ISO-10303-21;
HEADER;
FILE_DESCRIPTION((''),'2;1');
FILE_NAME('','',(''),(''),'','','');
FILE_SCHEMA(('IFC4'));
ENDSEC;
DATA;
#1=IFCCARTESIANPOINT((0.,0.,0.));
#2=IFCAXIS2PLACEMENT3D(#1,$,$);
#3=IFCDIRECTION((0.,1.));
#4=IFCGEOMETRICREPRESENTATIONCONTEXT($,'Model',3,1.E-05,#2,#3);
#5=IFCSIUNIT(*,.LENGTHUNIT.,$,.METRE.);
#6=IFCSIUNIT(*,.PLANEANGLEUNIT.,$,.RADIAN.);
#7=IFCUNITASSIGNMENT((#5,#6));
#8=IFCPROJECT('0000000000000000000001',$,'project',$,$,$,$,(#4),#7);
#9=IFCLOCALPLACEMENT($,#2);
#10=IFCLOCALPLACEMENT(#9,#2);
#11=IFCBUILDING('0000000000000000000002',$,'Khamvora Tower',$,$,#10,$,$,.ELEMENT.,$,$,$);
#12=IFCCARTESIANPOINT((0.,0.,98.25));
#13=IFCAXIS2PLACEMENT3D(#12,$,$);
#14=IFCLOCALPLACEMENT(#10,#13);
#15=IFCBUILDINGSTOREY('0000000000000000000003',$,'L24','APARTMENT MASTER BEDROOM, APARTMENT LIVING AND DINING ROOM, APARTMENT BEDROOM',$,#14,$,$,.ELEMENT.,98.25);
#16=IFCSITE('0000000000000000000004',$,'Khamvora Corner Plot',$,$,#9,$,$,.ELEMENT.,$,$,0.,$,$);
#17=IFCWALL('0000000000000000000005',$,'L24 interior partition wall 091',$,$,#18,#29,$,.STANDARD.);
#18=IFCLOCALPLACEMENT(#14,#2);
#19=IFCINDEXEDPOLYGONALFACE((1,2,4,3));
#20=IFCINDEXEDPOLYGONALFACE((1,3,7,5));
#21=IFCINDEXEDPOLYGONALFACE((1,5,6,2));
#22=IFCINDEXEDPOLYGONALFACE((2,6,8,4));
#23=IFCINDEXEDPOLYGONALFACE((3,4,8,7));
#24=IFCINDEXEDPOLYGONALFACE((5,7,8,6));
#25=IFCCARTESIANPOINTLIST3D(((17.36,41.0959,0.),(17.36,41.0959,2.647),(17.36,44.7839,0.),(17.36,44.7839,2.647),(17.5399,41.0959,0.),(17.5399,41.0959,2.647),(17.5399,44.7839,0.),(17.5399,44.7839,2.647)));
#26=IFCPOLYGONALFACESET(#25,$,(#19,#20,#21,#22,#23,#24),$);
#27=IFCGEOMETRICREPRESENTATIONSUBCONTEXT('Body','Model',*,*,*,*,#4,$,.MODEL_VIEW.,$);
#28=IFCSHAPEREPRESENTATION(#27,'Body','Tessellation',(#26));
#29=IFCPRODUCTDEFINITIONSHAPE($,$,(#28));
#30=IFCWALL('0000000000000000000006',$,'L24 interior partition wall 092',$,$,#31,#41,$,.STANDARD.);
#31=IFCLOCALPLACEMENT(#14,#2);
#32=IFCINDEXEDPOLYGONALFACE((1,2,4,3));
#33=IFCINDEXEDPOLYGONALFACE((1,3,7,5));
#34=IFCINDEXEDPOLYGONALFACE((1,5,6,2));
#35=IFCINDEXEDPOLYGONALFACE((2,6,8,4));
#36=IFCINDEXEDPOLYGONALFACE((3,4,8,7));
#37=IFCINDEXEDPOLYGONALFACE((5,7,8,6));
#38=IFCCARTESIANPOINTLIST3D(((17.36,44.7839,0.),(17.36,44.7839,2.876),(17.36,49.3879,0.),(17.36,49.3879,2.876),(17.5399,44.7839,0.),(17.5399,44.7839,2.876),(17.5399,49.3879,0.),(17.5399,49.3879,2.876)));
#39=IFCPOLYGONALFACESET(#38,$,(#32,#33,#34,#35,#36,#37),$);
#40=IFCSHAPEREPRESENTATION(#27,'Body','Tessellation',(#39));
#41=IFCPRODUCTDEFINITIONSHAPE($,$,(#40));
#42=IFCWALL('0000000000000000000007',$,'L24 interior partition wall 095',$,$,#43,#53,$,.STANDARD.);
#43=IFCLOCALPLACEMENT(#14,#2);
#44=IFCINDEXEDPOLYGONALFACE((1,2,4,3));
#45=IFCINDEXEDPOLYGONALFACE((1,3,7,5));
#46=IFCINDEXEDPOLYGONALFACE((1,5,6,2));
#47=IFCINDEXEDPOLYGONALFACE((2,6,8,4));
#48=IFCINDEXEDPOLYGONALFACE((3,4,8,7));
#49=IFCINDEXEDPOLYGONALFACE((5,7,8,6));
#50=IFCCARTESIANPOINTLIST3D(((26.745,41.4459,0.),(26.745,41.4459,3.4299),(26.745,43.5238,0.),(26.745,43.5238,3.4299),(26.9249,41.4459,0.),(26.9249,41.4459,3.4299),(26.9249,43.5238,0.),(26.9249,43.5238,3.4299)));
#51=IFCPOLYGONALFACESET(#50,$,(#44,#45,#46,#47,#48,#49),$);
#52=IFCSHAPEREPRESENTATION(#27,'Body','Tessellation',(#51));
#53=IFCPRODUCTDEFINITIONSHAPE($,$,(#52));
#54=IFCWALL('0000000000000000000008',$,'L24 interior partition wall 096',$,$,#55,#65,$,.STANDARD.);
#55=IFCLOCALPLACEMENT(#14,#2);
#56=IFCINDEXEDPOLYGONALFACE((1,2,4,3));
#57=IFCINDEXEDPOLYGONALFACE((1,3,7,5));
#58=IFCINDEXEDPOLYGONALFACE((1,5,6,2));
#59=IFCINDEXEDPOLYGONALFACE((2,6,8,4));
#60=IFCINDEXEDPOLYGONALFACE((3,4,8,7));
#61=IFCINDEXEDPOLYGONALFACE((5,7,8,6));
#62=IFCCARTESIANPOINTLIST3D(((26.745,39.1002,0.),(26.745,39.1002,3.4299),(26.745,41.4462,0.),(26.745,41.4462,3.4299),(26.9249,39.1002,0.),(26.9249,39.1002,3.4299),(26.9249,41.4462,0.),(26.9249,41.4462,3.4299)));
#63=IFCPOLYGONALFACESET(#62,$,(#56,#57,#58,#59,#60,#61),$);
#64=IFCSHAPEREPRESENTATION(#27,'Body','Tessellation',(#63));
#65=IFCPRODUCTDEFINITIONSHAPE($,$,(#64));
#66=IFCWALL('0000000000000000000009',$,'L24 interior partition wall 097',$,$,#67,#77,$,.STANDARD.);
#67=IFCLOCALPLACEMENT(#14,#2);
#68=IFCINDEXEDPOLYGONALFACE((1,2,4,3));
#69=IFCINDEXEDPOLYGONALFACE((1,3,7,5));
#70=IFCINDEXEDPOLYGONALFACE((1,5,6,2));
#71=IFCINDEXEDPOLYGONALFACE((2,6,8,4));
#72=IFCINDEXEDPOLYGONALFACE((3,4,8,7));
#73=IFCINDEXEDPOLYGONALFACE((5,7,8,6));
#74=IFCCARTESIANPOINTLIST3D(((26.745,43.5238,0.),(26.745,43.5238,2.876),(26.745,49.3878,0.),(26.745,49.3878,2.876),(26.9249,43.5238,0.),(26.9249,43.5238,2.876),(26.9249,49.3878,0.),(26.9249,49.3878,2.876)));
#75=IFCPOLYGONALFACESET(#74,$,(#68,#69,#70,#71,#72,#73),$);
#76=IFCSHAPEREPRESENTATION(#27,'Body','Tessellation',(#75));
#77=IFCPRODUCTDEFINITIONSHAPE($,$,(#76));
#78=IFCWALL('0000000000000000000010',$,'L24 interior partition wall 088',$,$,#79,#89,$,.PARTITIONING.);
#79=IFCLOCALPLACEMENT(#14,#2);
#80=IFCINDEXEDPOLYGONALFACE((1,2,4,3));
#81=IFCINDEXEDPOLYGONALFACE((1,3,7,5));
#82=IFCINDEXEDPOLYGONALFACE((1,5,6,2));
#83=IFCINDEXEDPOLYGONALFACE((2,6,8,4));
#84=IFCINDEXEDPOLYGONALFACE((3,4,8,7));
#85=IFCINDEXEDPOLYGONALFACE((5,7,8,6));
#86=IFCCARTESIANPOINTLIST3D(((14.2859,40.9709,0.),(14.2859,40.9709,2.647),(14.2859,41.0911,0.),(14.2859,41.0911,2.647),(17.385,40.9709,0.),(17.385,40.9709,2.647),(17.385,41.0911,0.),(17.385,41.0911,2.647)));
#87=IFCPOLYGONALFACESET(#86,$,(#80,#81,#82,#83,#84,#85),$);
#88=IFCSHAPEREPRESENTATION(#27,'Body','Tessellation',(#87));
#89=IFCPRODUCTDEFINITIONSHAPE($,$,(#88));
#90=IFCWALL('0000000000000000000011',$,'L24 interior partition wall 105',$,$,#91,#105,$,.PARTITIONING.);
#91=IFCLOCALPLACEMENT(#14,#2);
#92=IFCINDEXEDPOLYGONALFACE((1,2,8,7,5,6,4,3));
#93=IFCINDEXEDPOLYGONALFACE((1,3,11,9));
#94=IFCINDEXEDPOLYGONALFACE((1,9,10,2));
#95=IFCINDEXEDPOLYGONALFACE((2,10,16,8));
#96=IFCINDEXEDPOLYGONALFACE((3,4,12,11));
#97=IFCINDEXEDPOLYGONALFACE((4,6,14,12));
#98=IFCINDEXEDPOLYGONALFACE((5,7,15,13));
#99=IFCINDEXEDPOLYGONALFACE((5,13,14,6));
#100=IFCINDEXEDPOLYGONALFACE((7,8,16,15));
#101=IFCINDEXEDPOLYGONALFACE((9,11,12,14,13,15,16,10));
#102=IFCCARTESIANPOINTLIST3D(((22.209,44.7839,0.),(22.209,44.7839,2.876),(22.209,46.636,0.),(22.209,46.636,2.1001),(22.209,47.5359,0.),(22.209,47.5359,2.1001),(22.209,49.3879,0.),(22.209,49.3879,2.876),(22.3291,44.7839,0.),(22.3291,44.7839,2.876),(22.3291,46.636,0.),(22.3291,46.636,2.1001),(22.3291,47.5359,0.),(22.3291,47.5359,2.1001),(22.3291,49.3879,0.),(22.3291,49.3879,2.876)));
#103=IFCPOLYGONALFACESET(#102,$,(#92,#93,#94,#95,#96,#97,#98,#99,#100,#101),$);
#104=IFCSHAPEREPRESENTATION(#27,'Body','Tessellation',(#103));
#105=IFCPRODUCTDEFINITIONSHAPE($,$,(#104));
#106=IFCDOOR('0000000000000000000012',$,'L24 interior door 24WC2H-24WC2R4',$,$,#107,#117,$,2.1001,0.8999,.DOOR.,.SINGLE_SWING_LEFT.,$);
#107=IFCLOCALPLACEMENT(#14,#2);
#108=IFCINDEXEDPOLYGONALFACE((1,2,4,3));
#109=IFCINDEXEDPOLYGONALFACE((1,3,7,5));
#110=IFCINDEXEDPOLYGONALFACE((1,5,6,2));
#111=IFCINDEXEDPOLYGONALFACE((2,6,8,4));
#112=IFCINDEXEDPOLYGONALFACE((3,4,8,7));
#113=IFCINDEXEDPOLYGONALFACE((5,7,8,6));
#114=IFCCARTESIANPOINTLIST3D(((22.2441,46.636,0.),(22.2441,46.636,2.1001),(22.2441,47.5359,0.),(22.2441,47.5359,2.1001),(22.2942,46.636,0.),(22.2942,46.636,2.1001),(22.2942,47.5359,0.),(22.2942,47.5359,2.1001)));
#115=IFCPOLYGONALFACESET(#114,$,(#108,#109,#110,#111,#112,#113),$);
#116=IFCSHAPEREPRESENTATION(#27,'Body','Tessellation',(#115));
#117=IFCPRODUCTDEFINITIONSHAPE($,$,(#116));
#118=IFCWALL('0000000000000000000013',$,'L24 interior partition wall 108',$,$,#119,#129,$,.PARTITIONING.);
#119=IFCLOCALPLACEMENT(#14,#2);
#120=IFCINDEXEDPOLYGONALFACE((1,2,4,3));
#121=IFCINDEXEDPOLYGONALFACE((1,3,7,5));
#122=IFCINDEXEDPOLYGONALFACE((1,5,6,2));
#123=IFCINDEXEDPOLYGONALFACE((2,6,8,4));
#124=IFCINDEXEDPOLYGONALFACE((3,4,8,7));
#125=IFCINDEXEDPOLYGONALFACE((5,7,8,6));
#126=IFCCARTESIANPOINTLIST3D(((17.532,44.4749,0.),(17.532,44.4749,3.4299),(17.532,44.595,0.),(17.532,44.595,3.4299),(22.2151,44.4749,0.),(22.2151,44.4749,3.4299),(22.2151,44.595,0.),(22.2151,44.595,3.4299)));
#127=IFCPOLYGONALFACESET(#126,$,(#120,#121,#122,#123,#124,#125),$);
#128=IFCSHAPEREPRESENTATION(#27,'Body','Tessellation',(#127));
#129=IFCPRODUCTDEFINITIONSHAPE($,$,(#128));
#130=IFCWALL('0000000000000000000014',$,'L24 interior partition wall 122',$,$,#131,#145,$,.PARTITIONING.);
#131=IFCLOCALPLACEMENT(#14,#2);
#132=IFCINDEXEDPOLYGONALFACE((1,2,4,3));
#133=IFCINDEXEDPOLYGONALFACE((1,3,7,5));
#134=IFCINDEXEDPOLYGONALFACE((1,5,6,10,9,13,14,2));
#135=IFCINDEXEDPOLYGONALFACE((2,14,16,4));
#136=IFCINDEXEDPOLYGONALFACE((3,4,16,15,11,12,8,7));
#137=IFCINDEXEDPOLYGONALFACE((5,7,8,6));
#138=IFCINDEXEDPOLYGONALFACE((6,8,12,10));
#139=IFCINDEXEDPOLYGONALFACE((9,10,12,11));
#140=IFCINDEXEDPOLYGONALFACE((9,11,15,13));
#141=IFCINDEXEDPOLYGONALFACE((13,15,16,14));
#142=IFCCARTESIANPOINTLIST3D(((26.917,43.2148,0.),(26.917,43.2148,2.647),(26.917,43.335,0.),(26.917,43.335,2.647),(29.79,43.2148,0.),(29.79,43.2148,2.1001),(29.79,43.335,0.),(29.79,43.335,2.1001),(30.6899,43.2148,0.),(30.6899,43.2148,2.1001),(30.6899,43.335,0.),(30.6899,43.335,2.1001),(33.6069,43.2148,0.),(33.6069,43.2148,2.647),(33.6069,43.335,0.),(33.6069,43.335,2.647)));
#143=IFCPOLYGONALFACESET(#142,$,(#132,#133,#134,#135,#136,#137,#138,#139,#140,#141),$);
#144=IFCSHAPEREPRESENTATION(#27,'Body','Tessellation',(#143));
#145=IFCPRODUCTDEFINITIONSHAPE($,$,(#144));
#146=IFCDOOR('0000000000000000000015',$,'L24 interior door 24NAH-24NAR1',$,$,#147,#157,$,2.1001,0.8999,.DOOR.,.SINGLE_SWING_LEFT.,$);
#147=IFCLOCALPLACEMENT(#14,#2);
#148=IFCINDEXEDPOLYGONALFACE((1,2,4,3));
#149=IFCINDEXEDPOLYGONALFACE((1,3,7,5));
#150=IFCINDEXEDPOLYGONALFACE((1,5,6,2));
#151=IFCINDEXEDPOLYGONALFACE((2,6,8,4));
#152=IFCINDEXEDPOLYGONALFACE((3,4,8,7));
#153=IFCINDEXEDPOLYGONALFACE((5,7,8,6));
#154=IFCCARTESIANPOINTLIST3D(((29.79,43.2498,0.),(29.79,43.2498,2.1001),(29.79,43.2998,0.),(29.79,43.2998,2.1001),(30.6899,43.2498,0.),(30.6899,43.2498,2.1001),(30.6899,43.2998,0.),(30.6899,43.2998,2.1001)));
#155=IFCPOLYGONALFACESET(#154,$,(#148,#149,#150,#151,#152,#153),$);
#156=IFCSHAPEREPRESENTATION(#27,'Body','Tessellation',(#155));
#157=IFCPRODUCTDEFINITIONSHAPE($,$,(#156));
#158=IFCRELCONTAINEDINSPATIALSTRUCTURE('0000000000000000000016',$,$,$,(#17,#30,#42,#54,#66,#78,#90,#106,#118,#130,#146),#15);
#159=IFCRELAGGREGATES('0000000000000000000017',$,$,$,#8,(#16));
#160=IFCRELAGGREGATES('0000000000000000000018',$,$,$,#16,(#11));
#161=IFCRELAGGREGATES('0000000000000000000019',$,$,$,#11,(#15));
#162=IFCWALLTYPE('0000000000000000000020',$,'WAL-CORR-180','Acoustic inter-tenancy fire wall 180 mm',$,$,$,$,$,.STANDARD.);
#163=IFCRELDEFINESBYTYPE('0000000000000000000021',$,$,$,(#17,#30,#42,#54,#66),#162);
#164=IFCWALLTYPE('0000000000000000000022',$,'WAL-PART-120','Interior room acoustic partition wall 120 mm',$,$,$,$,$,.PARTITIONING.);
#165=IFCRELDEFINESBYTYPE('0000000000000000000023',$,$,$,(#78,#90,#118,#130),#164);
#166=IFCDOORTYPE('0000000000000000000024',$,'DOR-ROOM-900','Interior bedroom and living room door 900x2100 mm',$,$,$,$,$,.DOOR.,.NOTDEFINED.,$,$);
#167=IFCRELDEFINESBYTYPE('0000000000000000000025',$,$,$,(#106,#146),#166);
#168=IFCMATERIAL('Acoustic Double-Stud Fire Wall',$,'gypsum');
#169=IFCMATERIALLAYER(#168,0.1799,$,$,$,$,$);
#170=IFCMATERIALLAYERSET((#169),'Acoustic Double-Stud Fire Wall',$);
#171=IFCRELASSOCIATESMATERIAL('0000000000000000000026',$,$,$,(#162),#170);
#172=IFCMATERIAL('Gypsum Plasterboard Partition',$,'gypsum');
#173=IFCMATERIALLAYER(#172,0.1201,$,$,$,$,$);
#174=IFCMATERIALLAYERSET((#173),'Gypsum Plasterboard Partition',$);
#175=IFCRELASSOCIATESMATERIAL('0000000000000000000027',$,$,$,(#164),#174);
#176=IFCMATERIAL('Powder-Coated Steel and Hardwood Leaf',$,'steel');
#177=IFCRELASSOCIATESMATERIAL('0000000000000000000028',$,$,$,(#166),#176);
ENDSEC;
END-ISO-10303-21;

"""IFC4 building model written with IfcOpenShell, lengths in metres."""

from ifc_helpers import new_model, si_unit, direction, frame, frame_2d, origin, place, context, subcontext, project, spatial, rectangle, extrude, material, layer, layer_set, type_object, element, fill, save


model = new_model("IFC4")

# Units and contexts
model_context = context("Model", 3, precision=1e-05, world=origin(), true_north=direction((0.0, 1.0)))
body_context = subcontext(model_context, "Body", "Model", "MODEL_VIEW")
ifc_project = project(units=[si_unit("LENGTHUNIT", "METRE"), si_unit("PLANEANGLEUNIT", "RADIAN")], contexts=[model_context])

# Site, building, storey
site_placement = place(None, origin())
site = spatial("IfcSite", under=ifc_project, at=site_placement, Name="Khamvora Corner Plot", CompositionType="ELEMENT", RefElevation=0.0)
building_placement = place(site_placement, origin())
building = spatial("IfcBuilding", under=site, at=building_placement, Name="Khamvora Tower", CompositionType="ELEMENT")
storey_placement = place(building_placement, frame((0.0, 0.0, 98.25)))
storey = spatial("IfcBuildingStorey", under=building, at=storey_placement, Name="L24", Description="APARTMENT MASTER BEDROOM, APARTMENT LIVING AND DINING ROOM, APARTMENT BEDROOM", CompositionType="ELEMENT", Elevation=98.25)

# Walls
ifc_material_1 = material(Name="Acoustic Double-Stud Fire Wall", Category="gypsum")
ifc_layer_1 = layer(ifc_material_1, 0.1799)
ifc_layer_set_1 = layer_set([ifc_layer_1], Name="Acoustic Double-Stud Fire Wall")
wall_type_1 = type_object("IfcWallType", Name="WAL-CORR-180", Description="Acoustic inter-tenancy fire wall 180 mm", PredefinedType="STANDARD", material=ifc_layer_set_1)
wall_1_placement = place(storey_placement, frame((17.45, 44.7839, 0.0), z_axis=(0.0, 0.0, 1.0), x_axis=(0.0, -1.0, 0.0)))
element("IfcWall", 1, at=wall_1_placement, inside=storey, type_object=wall_type_1, Name="L24 interior partition wall 091", PredefinedType="STANDARD", context=body_context, shape_type="SweptSolid", body=[
    extrude(rectangle(XDim=3.688, YDim=0.1799, at=frame_2d((1.844, 0.0))), origin(), (0.0, 0.0, 1.0), 2.647),
])
wall_2_placement = place(storey_placement, frame((17.45, 49.3879, 0.0), z_axis=(0.0, 0.0, 1.0), x_axis=(0.0, -1.0, 0.0)))
element("IfcWall", 2, at=wall_2_placement, inside=storey, type_object=wall_type_1, Name="L24 interior partition wall 092", PredefinedType="STANDARD", context=body_context, shape_type="SweptSolid", body=[
    extrude(rectangle(XDim=4.604, YDim=0.1799, at=frame_2d((2.302, 0.0))), origin(), (0.0, 0.0, 1.0), 2.876),
])
wall_3_placement = place(storey_placement, frame((26.835, 43.5239, 0.0), z_axis=(0.0, 0.0, 1.0), x_axis=(0.0, -1.0, 0.0)))
element("IfcWall", 3, at=wall_3_placement, inside=storey, type_object=wall_type_1, Name="L24 interior partition wall 095", PredefinedType="STANDARD", context=body_context, shape_type="SweptSolid", body=[
    extrude(rectangle(XDim=2.0779, YDim=0.1799, at=frame_2d((1.0391, 0.0))), origin(), (0.0, 0.0, 1.0), 3.4299),
])
wall_4_placement = place(storey_placement, frame((26.835, 41.446, 0.0), z_axis=(0.0, 0.0, 1.0), x_axis=(0.0, -1.0, 0.0)))
element("IfcWall", 4, at=wall_4_placement, inside=storey, type_object=wall_type_1, Name="L24 interior partition wall 096", PredefinedType="STANDARD", context=body_context, shape_type="SweptSolid", body=[
    extrude(rectangle(XDim=2.3459, YDim=0.1799, at=frame_2d((1.1729, 0.0))), origin(), (0.0, 0.0, 1.0), 3.4299),
])
wall_5_placement = place(storey_placement, frame((26.835, 49.3879, 0.0), z_axis=(0.0, 0.0, 1.0), x_axis=(0.0, -1.0, 0.0)))
element("IfcWall", 5, at=wall_5_placement, inside=storey, type_object=wall_type_1, Name="L24 interior partition wall 097", PredefinedType="STANDARD", context=body_context, shape_type="SweptSolid", body=[
    extrude(rectangle(XDim=5.864, YDim=0.1799, at=frame_2d((2.9321, 0.0))), origin(), (0.0, 0.0, 1.0), 2.876),
])
ifc_material_2 = material(Name="Gypsum Plasterboard Partition", Category="gypsum")
ifc_layer_2 = layer(ifc_material_2, 0.1201)
ifc_layer_set_2 = layer_set([ifc_layer_2], Name="Gypsum Plasterboard Partition")
wall_type_2 = type_object("IfcWallType", Name="WAL-PART-120", Description="Interior room acoustic partition wall 120 mm", PredefinedType="PARTITIONING", material=ifc_layer_set_2)
wall_6_placement = place(storey_placement, frame((14.2859, 41.031, 0.0), z_axis=(0.0, 0.0, 1.0), x_axis=(1.0, 0.0, 0.0)))
element("IfcWall", 6, at=wall_6_placement, inside=storey, type_object=wall_type_2, Name="L24 interior partition wall 088", PredefinedType="PARTITIONING", context=body_context, shape_type="SweptSolid", body=[
    extrude(rectangle(XDim=3.0991, YDim=0.1201, at=frame_2d((1.5496, 0.0))), origin(), (0.0, 0.0, 1.0), 2.647),
])

# Wall, opening, door
wall_7_placement = place(storey_placement, frame((22.269, 44.7839, 0.0), z_axis=(0.0, 0.0, 1.0), x_axis=(0.0, 1.0, 0.0)))
wall_7 = element("IfcWall", 7, at=wall_7_placement, inside=storey, type_object=wall_type_2, Name="L24 interior partition wall 105", PredefinedType="PARTITIONING", context=body_context, shape_type="SweptSolid", body=[
    extrude(rectangle(XDim=4.604, YDim=0.1201, at=frame_2d((2.302, 0.0))), origin(), (0.0, 0.0, 1.0), 2.876),
])
opening_1_placement = place(wall_7_placement, frame((1.8521, 0.0, 0.0)))
opening_1 = element("IfcOpeningElement", 8, at=opening_1_placement, cuts=wall_7, PredefinedType="OPENING", context=body_context, shape_type="SweptSolid", body=[
    extrude(rectangle(XDim=0.8999, YDim=2.1001, at=frame_2d((0.45, 1.05))), frame((0.0, 0.0701, 0.0), z_axis=(0.0, -1.0, 0.0), x_axis=(1.0, 0.0, 0.0)), (0.0, 0.0, 1.0), 0.1401),
])
ifc_material_3 = material(Name="Powder-Coated Steel and Hardwood Leaf", Category="steel")
door_type = type_object("IfcDoorType", Name="DOR-ROOM-900", Description="Interior bedroom and living room door 900x2100 mm", OperationType="NOTDEFINED", PredefinedType="DOOR", material=ifc_material_3)
door_1_placement = place(opening_1_placement, origin())
door_1 = element("IfcDoor", 9, at=door_1_placement, inside=storey, type_object=door_type, Name="L24 interior door 24WC2H-24WC2R4", OperationType="SINGLE_SWING_LEFT", OverallHeight=2.1001, OverallWidth=0.8999, PredefinedType="DOOR", context=body_context, shape_type="SweptSolid", body=[
    extrude(rectangle(XDim=0.8999, YDim=2.1001, at=frame_2d((0.45, 1.05))), frame((0.0, 0.0249, 0.0), z_axis=(0.0, -1.0, 0.0), x_axis=(1.0, 0.0, 0.0)), (0.0, 0.0, 1.0), 0.05),
])
fill(opening_1, door_1)

# Wall
wall_8_placement = place(storey_placement, frame((17.532, 44.5349, 0.0), z_axis=(0.0, 0.0, 1.0), x_axis=(1.0, 0.0, 0.0)))
element("IfcWall", 10, at=wall_8_placement, inside=storey, type_object=wall_type_2, Name="L24 interior partition wall 108", PredefinedType="PARTITIONING", context=body_context, shape_type="SweptSolid", body=[
    extrude(rectangle(XDim=4.6831, YDim=0.1201, at=frame_2d((2.3416, 0.0))), origin(), (0.0, 0.0, 1.0), 3.4299),
])

# Wall, opening, door
wall_9_placement = place(storey_placement, frame((26.917, 43.2749, 0.0), z_axis=(0.0, 0.0, 1.0), x_axis=(1.0, 0.0, 0.0)))
wall_9 = element("IfcWall", 11, at=wall_9_placement, inside=storey, type_object=wall_type_2, Name="L24 interior partition wall 122", PredefinedType="PARTITIONING", context=body_context, shape_type="SweptSolid", body=[
    extrude(rectangle(XDim=6.6899, YDim=0.1201, at=frame_2d((3.345, 0.0))), origin(), (0.0, 0.0, 1.0), 2.647),
])
opening_2_placement = place(wall_9_placement, frame((2.873, 0.0, 0.0)))
opening_2 = element("IfcOpeningElement", 12, at=opening_2_placement, cuts=wall_9, PredefinedType="OPENING", context=body_context, shape_type="SweptSolid", body=[
    extrude(rectangle(XDim=0.8999, YDim=2.1001, at=frame_2d((0.45, 1.05))), frame((0.0, 0.0701, 0.0), z_axis=(0.0, -1.0, 0.0), x_axis=(1.0, 0.0, 0.0)), (0.0, 0.0, 1.0), 0.1401),
])
door_2_placement = place(opening_2_placement, origin())
door_2 = element("IfcDoor", 13, at=door_2_placement, inside=storey, type_object=door_type, Name="L24 interior door 24NAH-24NAR1", OperationType="SINGLE_SWING_LEFT", OverallHeight=2.1001, OverallWidth=0.8999, PredefinedType="DOOR", context=body_context, shape_type="SweptSolid", body=[
    extrude(rectangle(XDim=0.8999, YDim=2.1001, at=frame_2d((0.45, 1.05))), frame((0.0, 0.0249, 0.0), z_axis=(0.0, -1.0, 0.0), x_axis=(1.0, 0.0, 0.0)), (0.0, 0.0, 1.0), 0.05),
])
fill(opening_2, door_2)

save(model, "model.ifc")
